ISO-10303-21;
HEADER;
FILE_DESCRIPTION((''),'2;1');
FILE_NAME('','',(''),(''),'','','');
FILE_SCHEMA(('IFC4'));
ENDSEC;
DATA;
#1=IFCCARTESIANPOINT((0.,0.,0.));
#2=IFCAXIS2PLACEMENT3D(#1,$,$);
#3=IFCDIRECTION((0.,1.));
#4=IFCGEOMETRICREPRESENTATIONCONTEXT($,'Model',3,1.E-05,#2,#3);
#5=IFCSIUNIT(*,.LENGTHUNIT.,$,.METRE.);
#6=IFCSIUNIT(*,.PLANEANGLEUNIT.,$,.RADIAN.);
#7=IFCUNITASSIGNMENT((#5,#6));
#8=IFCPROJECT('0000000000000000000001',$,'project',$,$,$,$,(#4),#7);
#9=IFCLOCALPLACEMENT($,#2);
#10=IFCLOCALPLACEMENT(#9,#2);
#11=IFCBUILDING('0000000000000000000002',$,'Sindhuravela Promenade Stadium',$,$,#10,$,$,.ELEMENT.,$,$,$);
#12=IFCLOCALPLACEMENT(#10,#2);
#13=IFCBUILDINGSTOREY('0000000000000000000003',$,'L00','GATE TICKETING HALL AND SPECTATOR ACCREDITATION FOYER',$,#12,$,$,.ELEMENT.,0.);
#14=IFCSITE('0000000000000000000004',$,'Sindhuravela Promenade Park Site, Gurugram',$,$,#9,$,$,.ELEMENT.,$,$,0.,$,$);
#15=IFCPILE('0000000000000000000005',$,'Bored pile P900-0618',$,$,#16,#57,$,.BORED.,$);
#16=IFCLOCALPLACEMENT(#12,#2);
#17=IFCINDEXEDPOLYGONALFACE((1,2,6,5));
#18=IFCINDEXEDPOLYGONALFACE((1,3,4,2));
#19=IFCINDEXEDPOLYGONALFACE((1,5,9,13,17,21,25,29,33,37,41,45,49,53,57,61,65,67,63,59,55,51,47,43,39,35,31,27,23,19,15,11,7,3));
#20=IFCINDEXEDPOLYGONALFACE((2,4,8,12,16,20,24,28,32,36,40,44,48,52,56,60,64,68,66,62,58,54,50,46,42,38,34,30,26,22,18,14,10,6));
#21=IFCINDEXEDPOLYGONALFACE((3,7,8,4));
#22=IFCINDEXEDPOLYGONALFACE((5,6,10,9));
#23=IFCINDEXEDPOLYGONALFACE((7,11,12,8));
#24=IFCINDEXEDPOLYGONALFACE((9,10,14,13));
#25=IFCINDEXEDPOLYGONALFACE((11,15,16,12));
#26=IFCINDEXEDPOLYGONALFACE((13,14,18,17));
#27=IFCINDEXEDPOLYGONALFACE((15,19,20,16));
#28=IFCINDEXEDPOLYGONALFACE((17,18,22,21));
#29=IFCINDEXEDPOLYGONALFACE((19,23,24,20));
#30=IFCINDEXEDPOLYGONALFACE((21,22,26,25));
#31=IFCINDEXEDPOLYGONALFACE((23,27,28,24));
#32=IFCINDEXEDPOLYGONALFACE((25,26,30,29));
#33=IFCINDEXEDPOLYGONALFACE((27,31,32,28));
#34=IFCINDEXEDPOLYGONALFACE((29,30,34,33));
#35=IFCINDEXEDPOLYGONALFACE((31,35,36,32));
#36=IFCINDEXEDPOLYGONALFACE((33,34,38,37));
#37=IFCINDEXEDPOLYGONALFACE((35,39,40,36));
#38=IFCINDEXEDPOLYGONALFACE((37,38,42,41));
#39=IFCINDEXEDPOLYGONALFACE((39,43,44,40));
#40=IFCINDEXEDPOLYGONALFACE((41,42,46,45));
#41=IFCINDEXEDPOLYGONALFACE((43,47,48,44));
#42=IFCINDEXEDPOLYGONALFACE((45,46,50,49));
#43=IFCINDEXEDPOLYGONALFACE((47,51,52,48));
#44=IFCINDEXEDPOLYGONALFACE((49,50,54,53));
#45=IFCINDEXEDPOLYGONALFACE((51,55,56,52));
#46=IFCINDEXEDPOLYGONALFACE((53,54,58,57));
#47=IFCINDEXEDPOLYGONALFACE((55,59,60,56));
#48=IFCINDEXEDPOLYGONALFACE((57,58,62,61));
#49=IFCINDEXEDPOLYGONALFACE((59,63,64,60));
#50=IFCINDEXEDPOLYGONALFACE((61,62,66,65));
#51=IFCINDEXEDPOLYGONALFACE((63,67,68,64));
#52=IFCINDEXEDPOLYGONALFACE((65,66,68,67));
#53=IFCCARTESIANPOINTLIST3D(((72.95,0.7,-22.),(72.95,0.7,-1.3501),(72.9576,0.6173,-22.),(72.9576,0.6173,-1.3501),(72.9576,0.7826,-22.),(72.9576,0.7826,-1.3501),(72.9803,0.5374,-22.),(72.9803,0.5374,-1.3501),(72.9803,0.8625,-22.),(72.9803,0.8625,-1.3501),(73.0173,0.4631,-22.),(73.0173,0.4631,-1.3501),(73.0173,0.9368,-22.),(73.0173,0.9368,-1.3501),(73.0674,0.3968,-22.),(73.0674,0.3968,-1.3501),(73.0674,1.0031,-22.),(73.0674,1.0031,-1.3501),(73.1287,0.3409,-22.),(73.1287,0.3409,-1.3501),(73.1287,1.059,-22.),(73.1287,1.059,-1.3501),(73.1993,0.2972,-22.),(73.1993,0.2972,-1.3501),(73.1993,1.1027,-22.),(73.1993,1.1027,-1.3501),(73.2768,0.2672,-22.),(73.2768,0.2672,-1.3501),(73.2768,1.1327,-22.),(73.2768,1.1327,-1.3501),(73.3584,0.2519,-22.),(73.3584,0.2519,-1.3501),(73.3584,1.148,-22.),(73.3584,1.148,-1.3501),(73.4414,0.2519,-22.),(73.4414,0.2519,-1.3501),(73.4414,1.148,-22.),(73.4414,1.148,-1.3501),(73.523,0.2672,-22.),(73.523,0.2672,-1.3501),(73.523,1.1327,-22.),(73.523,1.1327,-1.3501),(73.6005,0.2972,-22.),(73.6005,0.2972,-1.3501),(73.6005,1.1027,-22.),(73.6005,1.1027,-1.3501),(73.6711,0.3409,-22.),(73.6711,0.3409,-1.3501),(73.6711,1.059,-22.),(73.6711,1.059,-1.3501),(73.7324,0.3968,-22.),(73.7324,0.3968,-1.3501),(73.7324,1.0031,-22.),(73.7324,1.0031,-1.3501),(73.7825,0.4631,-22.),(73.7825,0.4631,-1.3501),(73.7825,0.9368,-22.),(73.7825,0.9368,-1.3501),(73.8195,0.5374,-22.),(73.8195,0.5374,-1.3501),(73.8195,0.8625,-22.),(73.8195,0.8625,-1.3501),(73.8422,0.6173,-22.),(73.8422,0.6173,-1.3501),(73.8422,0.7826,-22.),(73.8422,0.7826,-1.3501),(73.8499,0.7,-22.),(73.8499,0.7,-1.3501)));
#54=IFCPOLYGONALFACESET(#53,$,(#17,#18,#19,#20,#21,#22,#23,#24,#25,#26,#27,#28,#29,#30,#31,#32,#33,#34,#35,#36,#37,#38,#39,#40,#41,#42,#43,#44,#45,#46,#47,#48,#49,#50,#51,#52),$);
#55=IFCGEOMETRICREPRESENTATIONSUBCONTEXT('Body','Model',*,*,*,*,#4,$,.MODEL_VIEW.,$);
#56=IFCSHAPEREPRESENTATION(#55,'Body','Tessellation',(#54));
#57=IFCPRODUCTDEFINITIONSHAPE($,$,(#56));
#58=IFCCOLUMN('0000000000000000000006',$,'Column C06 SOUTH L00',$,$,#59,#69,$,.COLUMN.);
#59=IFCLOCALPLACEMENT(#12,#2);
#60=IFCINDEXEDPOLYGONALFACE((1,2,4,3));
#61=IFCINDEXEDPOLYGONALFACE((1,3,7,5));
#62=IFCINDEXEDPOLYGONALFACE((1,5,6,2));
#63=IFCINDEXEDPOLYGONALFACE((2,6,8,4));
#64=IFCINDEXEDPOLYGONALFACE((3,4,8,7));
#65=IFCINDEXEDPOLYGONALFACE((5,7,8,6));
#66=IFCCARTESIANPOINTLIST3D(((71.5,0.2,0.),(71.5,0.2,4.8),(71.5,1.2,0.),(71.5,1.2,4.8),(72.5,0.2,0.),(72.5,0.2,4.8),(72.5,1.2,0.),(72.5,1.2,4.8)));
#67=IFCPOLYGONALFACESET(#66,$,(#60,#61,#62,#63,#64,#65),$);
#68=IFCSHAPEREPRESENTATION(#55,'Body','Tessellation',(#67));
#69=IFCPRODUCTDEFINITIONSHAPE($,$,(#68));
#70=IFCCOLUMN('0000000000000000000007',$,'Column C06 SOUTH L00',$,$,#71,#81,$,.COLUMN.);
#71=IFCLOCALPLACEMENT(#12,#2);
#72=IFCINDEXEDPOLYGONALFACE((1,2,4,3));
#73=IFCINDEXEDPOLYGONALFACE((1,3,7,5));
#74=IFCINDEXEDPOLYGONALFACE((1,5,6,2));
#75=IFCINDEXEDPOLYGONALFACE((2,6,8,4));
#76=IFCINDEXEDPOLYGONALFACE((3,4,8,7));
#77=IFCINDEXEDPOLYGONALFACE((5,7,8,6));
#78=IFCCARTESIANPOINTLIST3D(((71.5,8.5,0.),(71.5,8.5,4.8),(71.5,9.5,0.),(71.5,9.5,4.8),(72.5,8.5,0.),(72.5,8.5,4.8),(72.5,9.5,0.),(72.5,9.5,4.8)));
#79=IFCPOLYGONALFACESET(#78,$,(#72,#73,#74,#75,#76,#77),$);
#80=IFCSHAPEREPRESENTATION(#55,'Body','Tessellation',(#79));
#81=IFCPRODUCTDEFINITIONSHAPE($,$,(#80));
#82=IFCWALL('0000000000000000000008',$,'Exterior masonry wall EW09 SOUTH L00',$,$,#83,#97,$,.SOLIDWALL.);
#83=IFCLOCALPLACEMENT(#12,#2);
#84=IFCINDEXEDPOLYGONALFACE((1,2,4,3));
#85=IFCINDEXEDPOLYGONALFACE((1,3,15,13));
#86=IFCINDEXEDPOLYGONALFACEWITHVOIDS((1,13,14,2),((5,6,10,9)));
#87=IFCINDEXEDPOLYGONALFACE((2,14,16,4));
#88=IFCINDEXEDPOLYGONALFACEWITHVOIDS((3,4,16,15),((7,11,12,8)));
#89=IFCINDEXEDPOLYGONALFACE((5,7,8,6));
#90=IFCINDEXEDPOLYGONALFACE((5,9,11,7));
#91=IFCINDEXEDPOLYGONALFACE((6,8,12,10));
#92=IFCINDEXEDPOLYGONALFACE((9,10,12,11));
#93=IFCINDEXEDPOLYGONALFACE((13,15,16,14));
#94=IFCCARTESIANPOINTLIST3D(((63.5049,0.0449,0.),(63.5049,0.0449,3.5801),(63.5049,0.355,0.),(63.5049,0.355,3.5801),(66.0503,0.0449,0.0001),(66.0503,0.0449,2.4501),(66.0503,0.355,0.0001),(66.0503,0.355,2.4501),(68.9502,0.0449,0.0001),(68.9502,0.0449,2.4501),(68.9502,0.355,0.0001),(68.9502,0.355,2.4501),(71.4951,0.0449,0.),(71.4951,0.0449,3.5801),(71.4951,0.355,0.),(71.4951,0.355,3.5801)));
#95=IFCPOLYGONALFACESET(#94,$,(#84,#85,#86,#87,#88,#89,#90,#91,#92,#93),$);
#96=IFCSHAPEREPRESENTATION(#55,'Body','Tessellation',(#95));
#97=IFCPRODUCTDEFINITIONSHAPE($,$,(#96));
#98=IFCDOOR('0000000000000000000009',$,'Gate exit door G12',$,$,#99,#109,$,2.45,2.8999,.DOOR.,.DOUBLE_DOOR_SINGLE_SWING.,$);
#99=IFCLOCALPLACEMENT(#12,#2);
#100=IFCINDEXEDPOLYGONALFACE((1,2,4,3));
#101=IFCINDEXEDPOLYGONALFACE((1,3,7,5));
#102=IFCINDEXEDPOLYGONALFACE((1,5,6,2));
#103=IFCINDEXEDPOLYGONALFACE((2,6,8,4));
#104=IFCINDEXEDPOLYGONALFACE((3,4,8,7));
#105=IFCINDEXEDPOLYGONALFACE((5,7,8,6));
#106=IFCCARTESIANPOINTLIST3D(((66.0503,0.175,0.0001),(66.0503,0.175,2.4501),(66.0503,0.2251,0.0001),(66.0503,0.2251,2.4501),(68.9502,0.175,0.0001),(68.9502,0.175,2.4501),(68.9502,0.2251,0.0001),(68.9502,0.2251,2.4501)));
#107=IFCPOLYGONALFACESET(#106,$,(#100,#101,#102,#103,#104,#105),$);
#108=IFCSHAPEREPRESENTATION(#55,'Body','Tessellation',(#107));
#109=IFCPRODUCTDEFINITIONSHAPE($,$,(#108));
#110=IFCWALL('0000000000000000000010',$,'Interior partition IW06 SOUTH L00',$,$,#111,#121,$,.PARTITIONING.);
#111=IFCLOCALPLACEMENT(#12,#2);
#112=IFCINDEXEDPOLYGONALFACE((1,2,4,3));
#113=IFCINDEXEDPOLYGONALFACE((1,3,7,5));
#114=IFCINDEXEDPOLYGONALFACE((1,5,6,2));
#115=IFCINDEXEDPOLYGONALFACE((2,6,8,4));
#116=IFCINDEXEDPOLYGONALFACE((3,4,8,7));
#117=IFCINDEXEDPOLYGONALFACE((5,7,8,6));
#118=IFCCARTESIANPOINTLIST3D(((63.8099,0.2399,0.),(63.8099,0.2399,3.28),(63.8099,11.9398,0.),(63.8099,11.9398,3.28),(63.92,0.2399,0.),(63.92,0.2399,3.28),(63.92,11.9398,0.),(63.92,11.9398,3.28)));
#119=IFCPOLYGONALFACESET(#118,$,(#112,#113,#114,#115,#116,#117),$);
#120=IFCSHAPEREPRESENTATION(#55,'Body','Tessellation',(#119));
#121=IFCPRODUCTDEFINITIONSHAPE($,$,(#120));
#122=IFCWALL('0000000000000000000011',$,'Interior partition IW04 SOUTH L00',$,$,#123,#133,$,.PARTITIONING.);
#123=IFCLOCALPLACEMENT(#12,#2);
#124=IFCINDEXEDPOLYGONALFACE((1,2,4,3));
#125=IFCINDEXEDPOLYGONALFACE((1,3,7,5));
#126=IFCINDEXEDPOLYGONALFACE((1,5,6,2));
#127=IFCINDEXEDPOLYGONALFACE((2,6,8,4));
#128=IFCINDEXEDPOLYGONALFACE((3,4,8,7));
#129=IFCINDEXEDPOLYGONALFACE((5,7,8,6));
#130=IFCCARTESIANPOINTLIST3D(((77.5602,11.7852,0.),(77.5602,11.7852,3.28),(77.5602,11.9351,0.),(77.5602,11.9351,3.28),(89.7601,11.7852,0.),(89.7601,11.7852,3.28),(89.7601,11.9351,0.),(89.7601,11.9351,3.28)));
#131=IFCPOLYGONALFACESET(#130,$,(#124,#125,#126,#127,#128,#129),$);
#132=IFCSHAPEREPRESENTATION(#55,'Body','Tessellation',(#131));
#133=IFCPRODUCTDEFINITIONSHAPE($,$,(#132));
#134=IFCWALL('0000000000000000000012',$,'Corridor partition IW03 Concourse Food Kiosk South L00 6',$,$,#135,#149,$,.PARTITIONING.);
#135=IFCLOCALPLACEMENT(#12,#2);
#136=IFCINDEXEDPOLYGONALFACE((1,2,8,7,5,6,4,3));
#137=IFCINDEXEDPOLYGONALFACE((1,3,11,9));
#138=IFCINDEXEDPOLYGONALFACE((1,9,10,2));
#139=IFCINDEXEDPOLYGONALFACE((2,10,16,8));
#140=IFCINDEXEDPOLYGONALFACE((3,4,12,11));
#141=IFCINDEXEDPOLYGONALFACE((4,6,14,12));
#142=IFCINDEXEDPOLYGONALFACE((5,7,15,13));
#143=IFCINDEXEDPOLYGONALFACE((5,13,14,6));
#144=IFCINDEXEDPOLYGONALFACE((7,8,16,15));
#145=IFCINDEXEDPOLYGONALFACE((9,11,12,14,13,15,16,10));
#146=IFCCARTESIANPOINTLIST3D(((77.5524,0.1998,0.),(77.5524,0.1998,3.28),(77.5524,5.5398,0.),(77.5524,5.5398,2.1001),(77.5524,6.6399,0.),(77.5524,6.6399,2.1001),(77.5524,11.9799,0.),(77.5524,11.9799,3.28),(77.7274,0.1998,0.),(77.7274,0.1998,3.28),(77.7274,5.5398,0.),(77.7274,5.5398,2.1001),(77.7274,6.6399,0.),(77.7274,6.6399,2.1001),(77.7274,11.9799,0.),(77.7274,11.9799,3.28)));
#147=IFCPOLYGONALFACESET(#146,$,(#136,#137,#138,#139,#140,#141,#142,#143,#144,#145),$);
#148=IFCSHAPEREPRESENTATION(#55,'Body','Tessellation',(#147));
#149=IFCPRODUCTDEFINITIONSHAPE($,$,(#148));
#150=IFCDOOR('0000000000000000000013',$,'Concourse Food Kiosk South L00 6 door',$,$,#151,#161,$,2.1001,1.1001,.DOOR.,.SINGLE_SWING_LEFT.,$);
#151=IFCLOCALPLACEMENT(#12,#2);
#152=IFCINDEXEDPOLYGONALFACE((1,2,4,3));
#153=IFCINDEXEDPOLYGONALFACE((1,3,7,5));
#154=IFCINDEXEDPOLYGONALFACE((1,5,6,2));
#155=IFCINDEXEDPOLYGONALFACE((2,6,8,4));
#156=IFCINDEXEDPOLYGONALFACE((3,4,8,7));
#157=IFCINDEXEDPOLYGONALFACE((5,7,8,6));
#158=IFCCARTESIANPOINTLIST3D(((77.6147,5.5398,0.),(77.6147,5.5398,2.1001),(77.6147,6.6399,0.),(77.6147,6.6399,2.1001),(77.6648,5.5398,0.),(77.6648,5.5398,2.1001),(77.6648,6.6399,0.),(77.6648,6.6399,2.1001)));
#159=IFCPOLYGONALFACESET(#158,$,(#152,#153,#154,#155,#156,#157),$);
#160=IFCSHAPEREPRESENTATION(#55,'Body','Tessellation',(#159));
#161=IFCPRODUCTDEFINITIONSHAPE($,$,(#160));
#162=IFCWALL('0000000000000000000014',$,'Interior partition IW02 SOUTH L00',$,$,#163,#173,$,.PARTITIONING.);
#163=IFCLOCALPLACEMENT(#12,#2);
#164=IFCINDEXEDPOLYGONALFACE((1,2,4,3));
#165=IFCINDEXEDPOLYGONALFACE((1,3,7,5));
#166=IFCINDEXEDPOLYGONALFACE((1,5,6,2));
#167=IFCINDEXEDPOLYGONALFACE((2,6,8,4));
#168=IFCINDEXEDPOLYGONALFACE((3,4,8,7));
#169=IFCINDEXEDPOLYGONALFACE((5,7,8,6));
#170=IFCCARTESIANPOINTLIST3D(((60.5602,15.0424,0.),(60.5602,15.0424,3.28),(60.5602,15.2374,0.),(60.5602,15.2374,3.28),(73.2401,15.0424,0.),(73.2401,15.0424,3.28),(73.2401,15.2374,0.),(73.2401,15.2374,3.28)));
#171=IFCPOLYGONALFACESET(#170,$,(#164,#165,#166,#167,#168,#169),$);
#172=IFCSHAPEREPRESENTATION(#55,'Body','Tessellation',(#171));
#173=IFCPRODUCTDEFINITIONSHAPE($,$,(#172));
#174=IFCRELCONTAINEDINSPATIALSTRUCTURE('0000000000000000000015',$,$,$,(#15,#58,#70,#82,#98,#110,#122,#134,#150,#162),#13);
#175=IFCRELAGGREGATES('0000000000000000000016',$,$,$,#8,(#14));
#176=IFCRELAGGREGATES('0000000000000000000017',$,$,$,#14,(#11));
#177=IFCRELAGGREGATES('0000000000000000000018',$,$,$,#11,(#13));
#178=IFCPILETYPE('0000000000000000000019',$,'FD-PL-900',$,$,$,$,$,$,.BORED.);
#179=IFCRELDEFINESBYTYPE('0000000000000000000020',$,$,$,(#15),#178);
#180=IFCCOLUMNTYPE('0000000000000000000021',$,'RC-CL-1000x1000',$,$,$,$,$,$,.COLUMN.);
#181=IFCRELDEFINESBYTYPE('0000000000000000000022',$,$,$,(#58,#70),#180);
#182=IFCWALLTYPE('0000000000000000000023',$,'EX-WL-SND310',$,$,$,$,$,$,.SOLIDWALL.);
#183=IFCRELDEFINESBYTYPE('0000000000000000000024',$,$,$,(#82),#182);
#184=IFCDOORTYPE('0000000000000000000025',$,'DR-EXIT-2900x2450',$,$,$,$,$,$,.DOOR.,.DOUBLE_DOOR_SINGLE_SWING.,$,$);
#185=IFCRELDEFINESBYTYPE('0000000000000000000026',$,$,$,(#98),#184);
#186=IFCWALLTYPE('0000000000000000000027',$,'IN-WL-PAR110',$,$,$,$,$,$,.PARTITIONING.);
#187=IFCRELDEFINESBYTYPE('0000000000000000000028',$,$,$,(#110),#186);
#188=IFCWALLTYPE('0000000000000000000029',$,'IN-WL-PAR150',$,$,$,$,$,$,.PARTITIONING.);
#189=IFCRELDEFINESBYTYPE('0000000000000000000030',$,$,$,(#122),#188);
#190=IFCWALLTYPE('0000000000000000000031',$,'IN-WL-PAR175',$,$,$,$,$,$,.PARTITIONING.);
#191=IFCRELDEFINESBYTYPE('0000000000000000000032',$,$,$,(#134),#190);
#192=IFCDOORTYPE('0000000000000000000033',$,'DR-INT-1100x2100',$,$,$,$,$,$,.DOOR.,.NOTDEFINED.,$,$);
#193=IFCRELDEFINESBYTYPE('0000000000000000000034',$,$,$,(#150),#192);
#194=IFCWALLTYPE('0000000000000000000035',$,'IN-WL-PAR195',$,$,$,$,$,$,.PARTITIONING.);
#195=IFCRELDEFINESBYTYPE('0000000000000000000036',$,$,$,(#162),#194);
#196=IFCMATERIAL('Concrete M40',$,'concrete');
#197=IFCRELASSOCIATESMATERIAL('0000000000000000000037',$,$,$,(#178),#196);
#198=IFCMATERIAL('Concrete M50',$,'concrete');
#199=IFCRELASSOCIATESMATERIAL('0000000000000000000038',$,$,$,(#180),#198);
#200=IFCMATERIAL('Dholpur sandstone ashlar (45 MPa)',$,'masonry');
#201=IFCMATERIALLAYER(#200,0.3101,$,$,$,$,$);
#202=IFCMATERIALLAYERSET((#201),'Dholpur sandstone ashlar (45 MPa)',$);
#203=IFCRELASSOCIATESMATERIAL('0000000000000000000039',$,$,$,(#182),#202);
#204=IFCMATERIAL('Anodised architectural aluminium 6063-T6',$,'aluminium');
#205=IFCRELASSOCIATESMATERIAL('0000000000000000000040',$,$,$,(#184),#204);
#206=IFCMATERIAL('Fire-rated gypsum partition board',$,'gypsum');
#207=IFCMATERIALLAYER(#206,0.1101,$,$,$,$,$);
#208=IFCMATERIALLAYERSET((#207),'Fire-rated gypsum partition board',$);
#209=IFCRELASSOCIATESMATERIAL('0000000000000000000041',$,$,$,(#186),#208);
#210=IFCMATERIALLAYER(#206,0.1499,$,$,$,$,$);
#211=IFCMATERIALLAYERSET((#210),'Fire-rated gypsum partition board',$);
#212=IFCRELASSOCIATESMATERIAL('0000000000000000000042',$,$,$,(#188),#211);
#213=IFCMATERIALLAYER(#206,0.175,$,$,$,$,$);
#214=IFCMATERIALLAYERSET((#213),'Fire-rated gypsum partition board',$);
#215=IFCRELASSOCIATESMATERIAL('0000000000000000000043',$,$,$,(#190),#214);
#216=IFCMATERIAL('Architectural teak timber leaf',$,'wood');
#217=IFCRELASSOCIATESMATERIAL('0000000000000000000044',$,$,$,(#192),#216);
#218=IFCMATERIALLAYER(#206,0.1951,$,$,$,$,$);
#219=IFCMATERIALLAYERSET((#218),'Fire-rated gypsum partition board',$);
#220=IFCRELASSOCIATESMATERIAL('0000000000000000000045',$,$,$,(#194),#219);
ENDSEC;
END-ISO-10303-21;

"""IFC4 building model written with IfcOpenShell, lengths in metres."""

from ifc_helpers import new_model, si_unit, direction, frame, frame_2d, origin, origin_2d, place, context, subcontext, project, spatial, rectangle, circle, extrude, material, layer, layer_set, material_profile, profile_set, type_object, element, fill, save


model = new_model("IFC4")

# Units and contexts
model_context = context("Model", 3, precision=1e-05, world=origin(), true_north=direction((0.0, 1.0)))
body_context = subcontext(model_context, "Body", "Model", "MODEL_VIEW")
ifc_project = project(units=[si_unit("LENGTHUNIT", "METRE"), si_unit("PLANEANGLEUNIT", "RADIAN")], contexts=[model_context])

# Site, building, storey
site_placement = place(None, origin())
site = spatial("IfcSite", under=ifc_project, at=site_placement, Name="Sindhuravela Promenade Park Site, Gurugram", CompositionType="ELEMENT", RefElevation=0.0)
building_placement = place(site_placement, origin())
building = spatial("IfcBuilding", under=site, at=building_placement, Name="Sindhuravela Promenade Stadium", CompositionType="ELEMENT")
storey_placement = place(building_placement, origin())
storey = spatial("IfcBuildingStorey", under=building, at=storey_placement, Name="L00", Description="GATE TICKETING HALL AND SPECTATOR ACCREDITATION FOYER", CompositionType="ELEMENT", Elevation=0.0)

# Shared definitions
ifc_material_1 = material(Name="Concrete M50", Category="concrete")

# Pile
ifc_material_2 = material(Name="Concrete M40", Category="concrete")
ifc_material_profile_1 = material_profile(ifc_material_2, circle(Radius=0.45, at=origin_2d()), Name="BORED PILE D900")
ifc_profile_set_1 = profile_set([ifc_material_profile_1], Name="Concrete M40")
pile_type_1 = type_object("IfcPileType", Name="FD-PL-900", PredefinedType="BORED", material=ifc_profile_set_1)
for number, where, z_axis, x_axis, name in (
    (1, (73.3999, 0.7, -1.3501), (0.0, 0.0, -1.0), (1.0, 0.0, 0.0), "Bored pile P900-0618"),
):
    element("IfcPile", number, at=place(storey_placement, frame(where, z_axis=z_axis, x_axis=x_axis)), inside=storey, type_object=pile_type_1, Name=name, PredefinedType="BORED", context=body_context, shape_type="SweptSolid", body=[
        extrude(circle(Radius=0.45, at=origin_2d()), origin(), (0.0, 0.0, 1.0), 20.6499),
    ])

# Columns
ifc_material_profile_2 = material_profile(ifc_material_1, rectangle(XDim=1.0, YDim=1.0, at=origin_2d()), Name="RC 1000x1000")
ifc_profile_set_2 = profile_set([ifc_material_profile_2], Name="Concrete M50")
column_type = type_object("IfcColumnType", Name="RC-CL-1000x1000", PredefinedType="COLUMN", material=ifc_profile_set_2)
for number, where, z_axis, x_axis, name in (
    (2, (72.0, 0.7, 0.0), (0.0, 0.0, 1.0), (1.0, 0.0, 0.0), "Column C06 SOUTH L00"),
    (3, (72.0, 9.0, 0.0), (0.0, 0.0, 1.0), (1.0, 0.0, 0.0), "Column C06 SOUTH L00"),
):
    element("IfcColumn", number, at=place(storey_placement, frame(where, z_axis=z_axis, x_axis=x_axis)), inside=storey, type_object=column_type, Name=name, PredefinedType="COLUMN", context=body_context, shape_type="SweptSolid", body=[
        extrude(rectangle(XDim=1.0, YDim=1.0, at=origin_2d()), origin(), (0.0, 0.0, 1.0), 4.8),
    ])

# Wall, opening, door
ifc_material_3 = material(Name="Dholpur sandstone ashlar (45 MPa)", Category="masonry")
ifc_layer_1 = layer(ifc_material_3, 0.3101)
ifc_layer_set_1 = layer_set([ifc_layer_1], Name="Dholpur sandstone ashlar (45 MPa)")
wall_type_1 = type_object("IfcWallType", Name="EX-WL-SND310", PredefinedType="SOLIDWALL", material=ifc_layer_set_1)
wall_1_placement = place(storey_placement, frame((71.4951, 0.2, 0.0), z_axis=(0.0, 0.0, 1.0), x_axis=(-1.0, 0.0, 0.0)))
wall_1 = element("IfcWall", 4, at=wall_1_placement, inside=storey, type_object=wall_type_1, Name="Exterior masonry wall EW09 SOUTH L00", PredefinedType="SOLIDWALL", context=body_context, shape_type="SweptSolid", body=[
    extrude(rectangle(XDim=7.9902, YDim=0.3101, at=frame_2d((3.9951, 0.0))), origin(), (0.0, 0.0, 1.0), 3.5801),
])
opening_1_placement = place(wall_1_placement, frame((2.5449, 0.0, 0.0)))
opening_1 = element("IfcOpeningElement", 5, at=opening_1_placement, cuts=wall_1, PredefinedType="OPENING", context=body_context, shape_type="SweptSolid", body=[
    extrude(rectangle(XDim=2.8999, YDim=2.45, at=frame_2d((1.45, 1.2251))), frame((0.0, 0.165, 0.0), z_axis=(0.0, -1.0, 0.0), x_axis=(1.0, 0.0, 0.0)), (0.0, 0.0, 1.0), 0.3301),
])
ifc_material_4 = material(Name="Anodised architectural aluminium 6063-T6", Category="aluminium")
door_type_1 = type_object("IfcDoorType", Name="DR-EXIT-2900x2450", OperationType="DOUBLE_DOOR_SINGLE_SWING", PredefinedType="DOOR", material=ifc_material_4)
door_1_placement = place(opening_1_placement, origin())
door_1 = element("IfcDoor", 6, at=door_1_placement, inside=storey, type_object=door_type_1, Name="Gate exit door G12", OperationType="DOUBLE_DOOR_SINGLE_SWING", OverallHeight=2.45, OverallWidth=2.8999, PredefinedType="DOOR", context=body_context, shape_type="SweptSolid", body=[
    extrude(rectangle(XDim=2.8999, YDim=2.45, at=frame_2d((1.45, 1.2251))), frame((0.0, 0.0249, 0.0), z_axis=(0.0, -1.0, 0.0), x_axis=(1.0, 0.0, 0.0)), (0.0, 0.0, 1.0), 0.05),
])
fill(opening_1, door_1)

# Walls
ifc_material_5 = material(Name="Fire-rated gypsum partition board", Category="gypsum")
ifc_layer_2 = layer(ifc_material_5, 0.1101)
ifc_layer_set_2 = layer_set([ifc_layer_2], Name="Fire-rated gypsum partition board")
wall_type_2 = type_object("IfcWallType", Name="IN-WL-PAR110", PredefinedType="PARTITIONING", material=ifc_layer_set_2)
wall_2_placement = place(storey_placement, frame((63.865, 11.9399, 0.0), z_axis=(0.0, 0.0, 1.0), x_axis=(0.0, -1.0, 0.0)))
element("IfcWall", 7, at=wall_2_placement, inside=storey, type_object=wall_type_2, Name="Interior partition IW06 SOUTH L00", PredefinedType="PARTITIONING", context=body_context, shape_type="SweptSolid", body=[
    extrude(rectangle(XDim=11.7, YDim=0.1101, at=frame_2d((5.8501, 0.0))), origin(), (0.0, 0.0, 1.0), 3.28),
])
ifc_layer_3 = layer(ifc_material_5, 0.1499)
ifc_layer_set_3 = layer_set([ifc_layer_3], Name="Fire-rated gypsum partition board")
wall_type_3 = type_object("IfcWallType", Name="IN-WL-PAR150", PredefinedType="PARTITIONING", material=ifc_layer_set_3)
wall_3_placement = place(storey_placement, frame((77.5601, 11.8601, 0.0), z_axis=(0.0, 0.0, 1.0), x_axis=(1.0, 0.0, 0.0)))
element("IfcWall", 8, at=wall_3_placement, inside=storey, type_object=wall_type_3, Name="Interior partition IW04 SOUTH L00", PredefinedType="PARTITIONING", context=body_context, shape_type="SweptSolid", body=[
    extrude(rectangle(XDim=12.2, YDim=0.1499, at=frame_2d((6.1001, 0.0))), origin(), (0.0, 0.0, 1.0), 3.28),
])

# Wall, opening, door
ifc_layer_4 = layer(ifc_material_5, 0.175)
ifc_layer_set_4 = layer_set([ifc_layer_4], Name="Fire-rated gypsum partition board")
wall_type_4 = type_object("IfcWallType", Name="IN-WL-PAR175", PredefinedType="PARTITIONING", material=ifc_layer_set_4)
wall_4_placement = place(storey_placement, frame((77.6399, 11.98, 0.0), z_axis=(0.0, 0.0, 1.0), x_axis=(0.0, -1.0, 0.0)))
wall_4 = element("IfcWall", 9, at=wall_4_placement, inside=storey, type_object=wall_type_4, Name="Corridor partition IW03 Concourse Food Kiosk South L00 6", PredefinedType="PARTITIONING", context=body_context, shape_type="SweptSolid", body=[
    extrude(rectangle(XDim=11.78, YDim=0.175, at=frame_2d((5.8901, 0.0))), origin(), (0.0, 0.0, 1.0), 3.28),
])
opening_2_placement = place(wall_4_placement, frame((5.3401, 0.0, 0.0)))
opening_2 = element("IfcOpeningElement", 10, at=opening_2_placement, cuts=wall_4, PredefinedType="OPENING", context=body_context, shape_type="SweptSolid", body=[
    extrude(rectangle(XDim=1.1001, YDim=2.1001, at=frame_2d((0.55, 1.05))), frame((0.0, 0.0974, 0.0), z_axis=(0.0, -1.0, 0.0), x_axis=(1.0, 0.0, 0.0)), (0.0, 0.0, 1.0), 0.1951),
])
ifc_material_6 = material(Name="Architectural teak timber leaf", Category="wood")
door_type_2 = type_object("IfcDoorType", Name="DR-INT-1100x2100", OperationType="NOTDEFINED", PredefinedType="DOOR", material=ifc_material_6)
door_2_placement = place(opening_2_placement, origin())
door_2 = element("IfcDoor", 11, at=door_2_placement, inside=storey, type_object=door_type_2, Name="Concourse Food Kiosk South L00 6 door", OperationType="SINGLE_SWING_LEFT", OverallHeight=2.1001, OverallWidth=1.1001, PredefinedType="DOOR", context=body_context, shape_type="SweptSolid", body=[
    extrude(rectangle(XDim=1.1001, YDim=2.1001, at=frame_2d((0.55, 1.05))), frame((0.0, 0.0249, 0.0), z_axis=(0.0, -1.0, 0.0), x_axis=(1.0, 0.0, 0.0)), (0.0, 0.0, 1.0), 0.05),
])
fill(opening_2, door_2)

# Wall
ifc_layer_5 = layer(ifc_material_5, 0.1951)
ifc_layer_set_5 = layer_set([ifc_layer_5], Name="Fire-rated gypsum partition board")
wall_type_5 = type_object("IfcWallType", Name="IN-WL-PAR195", PredefinedType="PARTITIONING", material=ifc_layer_set_5)
wall_5_placement = place(storey_placement, frame((73.24, 15.1399, 0.0), z_axis=(0.0, 0.0, 1.0), x_axis=(-1.0, 0.0, 0.0)))
element("IfcWall", 12, at=wall_5_placement, inside=storey, type_object=wall_type_5, Name="Interior partition IW02 SOUTH L00", PredefinedType="PARTITIONING", context=body_context, shape_type="SweptSolid", body=[
    extrude(rectangle(XDim=12.6799, YDim=0.1951, at=frame_2d((6.3398, 0.0))), origin(), (0.0, 0.0, 1.0), 3.28),
])

save(model, "model.ifc")
